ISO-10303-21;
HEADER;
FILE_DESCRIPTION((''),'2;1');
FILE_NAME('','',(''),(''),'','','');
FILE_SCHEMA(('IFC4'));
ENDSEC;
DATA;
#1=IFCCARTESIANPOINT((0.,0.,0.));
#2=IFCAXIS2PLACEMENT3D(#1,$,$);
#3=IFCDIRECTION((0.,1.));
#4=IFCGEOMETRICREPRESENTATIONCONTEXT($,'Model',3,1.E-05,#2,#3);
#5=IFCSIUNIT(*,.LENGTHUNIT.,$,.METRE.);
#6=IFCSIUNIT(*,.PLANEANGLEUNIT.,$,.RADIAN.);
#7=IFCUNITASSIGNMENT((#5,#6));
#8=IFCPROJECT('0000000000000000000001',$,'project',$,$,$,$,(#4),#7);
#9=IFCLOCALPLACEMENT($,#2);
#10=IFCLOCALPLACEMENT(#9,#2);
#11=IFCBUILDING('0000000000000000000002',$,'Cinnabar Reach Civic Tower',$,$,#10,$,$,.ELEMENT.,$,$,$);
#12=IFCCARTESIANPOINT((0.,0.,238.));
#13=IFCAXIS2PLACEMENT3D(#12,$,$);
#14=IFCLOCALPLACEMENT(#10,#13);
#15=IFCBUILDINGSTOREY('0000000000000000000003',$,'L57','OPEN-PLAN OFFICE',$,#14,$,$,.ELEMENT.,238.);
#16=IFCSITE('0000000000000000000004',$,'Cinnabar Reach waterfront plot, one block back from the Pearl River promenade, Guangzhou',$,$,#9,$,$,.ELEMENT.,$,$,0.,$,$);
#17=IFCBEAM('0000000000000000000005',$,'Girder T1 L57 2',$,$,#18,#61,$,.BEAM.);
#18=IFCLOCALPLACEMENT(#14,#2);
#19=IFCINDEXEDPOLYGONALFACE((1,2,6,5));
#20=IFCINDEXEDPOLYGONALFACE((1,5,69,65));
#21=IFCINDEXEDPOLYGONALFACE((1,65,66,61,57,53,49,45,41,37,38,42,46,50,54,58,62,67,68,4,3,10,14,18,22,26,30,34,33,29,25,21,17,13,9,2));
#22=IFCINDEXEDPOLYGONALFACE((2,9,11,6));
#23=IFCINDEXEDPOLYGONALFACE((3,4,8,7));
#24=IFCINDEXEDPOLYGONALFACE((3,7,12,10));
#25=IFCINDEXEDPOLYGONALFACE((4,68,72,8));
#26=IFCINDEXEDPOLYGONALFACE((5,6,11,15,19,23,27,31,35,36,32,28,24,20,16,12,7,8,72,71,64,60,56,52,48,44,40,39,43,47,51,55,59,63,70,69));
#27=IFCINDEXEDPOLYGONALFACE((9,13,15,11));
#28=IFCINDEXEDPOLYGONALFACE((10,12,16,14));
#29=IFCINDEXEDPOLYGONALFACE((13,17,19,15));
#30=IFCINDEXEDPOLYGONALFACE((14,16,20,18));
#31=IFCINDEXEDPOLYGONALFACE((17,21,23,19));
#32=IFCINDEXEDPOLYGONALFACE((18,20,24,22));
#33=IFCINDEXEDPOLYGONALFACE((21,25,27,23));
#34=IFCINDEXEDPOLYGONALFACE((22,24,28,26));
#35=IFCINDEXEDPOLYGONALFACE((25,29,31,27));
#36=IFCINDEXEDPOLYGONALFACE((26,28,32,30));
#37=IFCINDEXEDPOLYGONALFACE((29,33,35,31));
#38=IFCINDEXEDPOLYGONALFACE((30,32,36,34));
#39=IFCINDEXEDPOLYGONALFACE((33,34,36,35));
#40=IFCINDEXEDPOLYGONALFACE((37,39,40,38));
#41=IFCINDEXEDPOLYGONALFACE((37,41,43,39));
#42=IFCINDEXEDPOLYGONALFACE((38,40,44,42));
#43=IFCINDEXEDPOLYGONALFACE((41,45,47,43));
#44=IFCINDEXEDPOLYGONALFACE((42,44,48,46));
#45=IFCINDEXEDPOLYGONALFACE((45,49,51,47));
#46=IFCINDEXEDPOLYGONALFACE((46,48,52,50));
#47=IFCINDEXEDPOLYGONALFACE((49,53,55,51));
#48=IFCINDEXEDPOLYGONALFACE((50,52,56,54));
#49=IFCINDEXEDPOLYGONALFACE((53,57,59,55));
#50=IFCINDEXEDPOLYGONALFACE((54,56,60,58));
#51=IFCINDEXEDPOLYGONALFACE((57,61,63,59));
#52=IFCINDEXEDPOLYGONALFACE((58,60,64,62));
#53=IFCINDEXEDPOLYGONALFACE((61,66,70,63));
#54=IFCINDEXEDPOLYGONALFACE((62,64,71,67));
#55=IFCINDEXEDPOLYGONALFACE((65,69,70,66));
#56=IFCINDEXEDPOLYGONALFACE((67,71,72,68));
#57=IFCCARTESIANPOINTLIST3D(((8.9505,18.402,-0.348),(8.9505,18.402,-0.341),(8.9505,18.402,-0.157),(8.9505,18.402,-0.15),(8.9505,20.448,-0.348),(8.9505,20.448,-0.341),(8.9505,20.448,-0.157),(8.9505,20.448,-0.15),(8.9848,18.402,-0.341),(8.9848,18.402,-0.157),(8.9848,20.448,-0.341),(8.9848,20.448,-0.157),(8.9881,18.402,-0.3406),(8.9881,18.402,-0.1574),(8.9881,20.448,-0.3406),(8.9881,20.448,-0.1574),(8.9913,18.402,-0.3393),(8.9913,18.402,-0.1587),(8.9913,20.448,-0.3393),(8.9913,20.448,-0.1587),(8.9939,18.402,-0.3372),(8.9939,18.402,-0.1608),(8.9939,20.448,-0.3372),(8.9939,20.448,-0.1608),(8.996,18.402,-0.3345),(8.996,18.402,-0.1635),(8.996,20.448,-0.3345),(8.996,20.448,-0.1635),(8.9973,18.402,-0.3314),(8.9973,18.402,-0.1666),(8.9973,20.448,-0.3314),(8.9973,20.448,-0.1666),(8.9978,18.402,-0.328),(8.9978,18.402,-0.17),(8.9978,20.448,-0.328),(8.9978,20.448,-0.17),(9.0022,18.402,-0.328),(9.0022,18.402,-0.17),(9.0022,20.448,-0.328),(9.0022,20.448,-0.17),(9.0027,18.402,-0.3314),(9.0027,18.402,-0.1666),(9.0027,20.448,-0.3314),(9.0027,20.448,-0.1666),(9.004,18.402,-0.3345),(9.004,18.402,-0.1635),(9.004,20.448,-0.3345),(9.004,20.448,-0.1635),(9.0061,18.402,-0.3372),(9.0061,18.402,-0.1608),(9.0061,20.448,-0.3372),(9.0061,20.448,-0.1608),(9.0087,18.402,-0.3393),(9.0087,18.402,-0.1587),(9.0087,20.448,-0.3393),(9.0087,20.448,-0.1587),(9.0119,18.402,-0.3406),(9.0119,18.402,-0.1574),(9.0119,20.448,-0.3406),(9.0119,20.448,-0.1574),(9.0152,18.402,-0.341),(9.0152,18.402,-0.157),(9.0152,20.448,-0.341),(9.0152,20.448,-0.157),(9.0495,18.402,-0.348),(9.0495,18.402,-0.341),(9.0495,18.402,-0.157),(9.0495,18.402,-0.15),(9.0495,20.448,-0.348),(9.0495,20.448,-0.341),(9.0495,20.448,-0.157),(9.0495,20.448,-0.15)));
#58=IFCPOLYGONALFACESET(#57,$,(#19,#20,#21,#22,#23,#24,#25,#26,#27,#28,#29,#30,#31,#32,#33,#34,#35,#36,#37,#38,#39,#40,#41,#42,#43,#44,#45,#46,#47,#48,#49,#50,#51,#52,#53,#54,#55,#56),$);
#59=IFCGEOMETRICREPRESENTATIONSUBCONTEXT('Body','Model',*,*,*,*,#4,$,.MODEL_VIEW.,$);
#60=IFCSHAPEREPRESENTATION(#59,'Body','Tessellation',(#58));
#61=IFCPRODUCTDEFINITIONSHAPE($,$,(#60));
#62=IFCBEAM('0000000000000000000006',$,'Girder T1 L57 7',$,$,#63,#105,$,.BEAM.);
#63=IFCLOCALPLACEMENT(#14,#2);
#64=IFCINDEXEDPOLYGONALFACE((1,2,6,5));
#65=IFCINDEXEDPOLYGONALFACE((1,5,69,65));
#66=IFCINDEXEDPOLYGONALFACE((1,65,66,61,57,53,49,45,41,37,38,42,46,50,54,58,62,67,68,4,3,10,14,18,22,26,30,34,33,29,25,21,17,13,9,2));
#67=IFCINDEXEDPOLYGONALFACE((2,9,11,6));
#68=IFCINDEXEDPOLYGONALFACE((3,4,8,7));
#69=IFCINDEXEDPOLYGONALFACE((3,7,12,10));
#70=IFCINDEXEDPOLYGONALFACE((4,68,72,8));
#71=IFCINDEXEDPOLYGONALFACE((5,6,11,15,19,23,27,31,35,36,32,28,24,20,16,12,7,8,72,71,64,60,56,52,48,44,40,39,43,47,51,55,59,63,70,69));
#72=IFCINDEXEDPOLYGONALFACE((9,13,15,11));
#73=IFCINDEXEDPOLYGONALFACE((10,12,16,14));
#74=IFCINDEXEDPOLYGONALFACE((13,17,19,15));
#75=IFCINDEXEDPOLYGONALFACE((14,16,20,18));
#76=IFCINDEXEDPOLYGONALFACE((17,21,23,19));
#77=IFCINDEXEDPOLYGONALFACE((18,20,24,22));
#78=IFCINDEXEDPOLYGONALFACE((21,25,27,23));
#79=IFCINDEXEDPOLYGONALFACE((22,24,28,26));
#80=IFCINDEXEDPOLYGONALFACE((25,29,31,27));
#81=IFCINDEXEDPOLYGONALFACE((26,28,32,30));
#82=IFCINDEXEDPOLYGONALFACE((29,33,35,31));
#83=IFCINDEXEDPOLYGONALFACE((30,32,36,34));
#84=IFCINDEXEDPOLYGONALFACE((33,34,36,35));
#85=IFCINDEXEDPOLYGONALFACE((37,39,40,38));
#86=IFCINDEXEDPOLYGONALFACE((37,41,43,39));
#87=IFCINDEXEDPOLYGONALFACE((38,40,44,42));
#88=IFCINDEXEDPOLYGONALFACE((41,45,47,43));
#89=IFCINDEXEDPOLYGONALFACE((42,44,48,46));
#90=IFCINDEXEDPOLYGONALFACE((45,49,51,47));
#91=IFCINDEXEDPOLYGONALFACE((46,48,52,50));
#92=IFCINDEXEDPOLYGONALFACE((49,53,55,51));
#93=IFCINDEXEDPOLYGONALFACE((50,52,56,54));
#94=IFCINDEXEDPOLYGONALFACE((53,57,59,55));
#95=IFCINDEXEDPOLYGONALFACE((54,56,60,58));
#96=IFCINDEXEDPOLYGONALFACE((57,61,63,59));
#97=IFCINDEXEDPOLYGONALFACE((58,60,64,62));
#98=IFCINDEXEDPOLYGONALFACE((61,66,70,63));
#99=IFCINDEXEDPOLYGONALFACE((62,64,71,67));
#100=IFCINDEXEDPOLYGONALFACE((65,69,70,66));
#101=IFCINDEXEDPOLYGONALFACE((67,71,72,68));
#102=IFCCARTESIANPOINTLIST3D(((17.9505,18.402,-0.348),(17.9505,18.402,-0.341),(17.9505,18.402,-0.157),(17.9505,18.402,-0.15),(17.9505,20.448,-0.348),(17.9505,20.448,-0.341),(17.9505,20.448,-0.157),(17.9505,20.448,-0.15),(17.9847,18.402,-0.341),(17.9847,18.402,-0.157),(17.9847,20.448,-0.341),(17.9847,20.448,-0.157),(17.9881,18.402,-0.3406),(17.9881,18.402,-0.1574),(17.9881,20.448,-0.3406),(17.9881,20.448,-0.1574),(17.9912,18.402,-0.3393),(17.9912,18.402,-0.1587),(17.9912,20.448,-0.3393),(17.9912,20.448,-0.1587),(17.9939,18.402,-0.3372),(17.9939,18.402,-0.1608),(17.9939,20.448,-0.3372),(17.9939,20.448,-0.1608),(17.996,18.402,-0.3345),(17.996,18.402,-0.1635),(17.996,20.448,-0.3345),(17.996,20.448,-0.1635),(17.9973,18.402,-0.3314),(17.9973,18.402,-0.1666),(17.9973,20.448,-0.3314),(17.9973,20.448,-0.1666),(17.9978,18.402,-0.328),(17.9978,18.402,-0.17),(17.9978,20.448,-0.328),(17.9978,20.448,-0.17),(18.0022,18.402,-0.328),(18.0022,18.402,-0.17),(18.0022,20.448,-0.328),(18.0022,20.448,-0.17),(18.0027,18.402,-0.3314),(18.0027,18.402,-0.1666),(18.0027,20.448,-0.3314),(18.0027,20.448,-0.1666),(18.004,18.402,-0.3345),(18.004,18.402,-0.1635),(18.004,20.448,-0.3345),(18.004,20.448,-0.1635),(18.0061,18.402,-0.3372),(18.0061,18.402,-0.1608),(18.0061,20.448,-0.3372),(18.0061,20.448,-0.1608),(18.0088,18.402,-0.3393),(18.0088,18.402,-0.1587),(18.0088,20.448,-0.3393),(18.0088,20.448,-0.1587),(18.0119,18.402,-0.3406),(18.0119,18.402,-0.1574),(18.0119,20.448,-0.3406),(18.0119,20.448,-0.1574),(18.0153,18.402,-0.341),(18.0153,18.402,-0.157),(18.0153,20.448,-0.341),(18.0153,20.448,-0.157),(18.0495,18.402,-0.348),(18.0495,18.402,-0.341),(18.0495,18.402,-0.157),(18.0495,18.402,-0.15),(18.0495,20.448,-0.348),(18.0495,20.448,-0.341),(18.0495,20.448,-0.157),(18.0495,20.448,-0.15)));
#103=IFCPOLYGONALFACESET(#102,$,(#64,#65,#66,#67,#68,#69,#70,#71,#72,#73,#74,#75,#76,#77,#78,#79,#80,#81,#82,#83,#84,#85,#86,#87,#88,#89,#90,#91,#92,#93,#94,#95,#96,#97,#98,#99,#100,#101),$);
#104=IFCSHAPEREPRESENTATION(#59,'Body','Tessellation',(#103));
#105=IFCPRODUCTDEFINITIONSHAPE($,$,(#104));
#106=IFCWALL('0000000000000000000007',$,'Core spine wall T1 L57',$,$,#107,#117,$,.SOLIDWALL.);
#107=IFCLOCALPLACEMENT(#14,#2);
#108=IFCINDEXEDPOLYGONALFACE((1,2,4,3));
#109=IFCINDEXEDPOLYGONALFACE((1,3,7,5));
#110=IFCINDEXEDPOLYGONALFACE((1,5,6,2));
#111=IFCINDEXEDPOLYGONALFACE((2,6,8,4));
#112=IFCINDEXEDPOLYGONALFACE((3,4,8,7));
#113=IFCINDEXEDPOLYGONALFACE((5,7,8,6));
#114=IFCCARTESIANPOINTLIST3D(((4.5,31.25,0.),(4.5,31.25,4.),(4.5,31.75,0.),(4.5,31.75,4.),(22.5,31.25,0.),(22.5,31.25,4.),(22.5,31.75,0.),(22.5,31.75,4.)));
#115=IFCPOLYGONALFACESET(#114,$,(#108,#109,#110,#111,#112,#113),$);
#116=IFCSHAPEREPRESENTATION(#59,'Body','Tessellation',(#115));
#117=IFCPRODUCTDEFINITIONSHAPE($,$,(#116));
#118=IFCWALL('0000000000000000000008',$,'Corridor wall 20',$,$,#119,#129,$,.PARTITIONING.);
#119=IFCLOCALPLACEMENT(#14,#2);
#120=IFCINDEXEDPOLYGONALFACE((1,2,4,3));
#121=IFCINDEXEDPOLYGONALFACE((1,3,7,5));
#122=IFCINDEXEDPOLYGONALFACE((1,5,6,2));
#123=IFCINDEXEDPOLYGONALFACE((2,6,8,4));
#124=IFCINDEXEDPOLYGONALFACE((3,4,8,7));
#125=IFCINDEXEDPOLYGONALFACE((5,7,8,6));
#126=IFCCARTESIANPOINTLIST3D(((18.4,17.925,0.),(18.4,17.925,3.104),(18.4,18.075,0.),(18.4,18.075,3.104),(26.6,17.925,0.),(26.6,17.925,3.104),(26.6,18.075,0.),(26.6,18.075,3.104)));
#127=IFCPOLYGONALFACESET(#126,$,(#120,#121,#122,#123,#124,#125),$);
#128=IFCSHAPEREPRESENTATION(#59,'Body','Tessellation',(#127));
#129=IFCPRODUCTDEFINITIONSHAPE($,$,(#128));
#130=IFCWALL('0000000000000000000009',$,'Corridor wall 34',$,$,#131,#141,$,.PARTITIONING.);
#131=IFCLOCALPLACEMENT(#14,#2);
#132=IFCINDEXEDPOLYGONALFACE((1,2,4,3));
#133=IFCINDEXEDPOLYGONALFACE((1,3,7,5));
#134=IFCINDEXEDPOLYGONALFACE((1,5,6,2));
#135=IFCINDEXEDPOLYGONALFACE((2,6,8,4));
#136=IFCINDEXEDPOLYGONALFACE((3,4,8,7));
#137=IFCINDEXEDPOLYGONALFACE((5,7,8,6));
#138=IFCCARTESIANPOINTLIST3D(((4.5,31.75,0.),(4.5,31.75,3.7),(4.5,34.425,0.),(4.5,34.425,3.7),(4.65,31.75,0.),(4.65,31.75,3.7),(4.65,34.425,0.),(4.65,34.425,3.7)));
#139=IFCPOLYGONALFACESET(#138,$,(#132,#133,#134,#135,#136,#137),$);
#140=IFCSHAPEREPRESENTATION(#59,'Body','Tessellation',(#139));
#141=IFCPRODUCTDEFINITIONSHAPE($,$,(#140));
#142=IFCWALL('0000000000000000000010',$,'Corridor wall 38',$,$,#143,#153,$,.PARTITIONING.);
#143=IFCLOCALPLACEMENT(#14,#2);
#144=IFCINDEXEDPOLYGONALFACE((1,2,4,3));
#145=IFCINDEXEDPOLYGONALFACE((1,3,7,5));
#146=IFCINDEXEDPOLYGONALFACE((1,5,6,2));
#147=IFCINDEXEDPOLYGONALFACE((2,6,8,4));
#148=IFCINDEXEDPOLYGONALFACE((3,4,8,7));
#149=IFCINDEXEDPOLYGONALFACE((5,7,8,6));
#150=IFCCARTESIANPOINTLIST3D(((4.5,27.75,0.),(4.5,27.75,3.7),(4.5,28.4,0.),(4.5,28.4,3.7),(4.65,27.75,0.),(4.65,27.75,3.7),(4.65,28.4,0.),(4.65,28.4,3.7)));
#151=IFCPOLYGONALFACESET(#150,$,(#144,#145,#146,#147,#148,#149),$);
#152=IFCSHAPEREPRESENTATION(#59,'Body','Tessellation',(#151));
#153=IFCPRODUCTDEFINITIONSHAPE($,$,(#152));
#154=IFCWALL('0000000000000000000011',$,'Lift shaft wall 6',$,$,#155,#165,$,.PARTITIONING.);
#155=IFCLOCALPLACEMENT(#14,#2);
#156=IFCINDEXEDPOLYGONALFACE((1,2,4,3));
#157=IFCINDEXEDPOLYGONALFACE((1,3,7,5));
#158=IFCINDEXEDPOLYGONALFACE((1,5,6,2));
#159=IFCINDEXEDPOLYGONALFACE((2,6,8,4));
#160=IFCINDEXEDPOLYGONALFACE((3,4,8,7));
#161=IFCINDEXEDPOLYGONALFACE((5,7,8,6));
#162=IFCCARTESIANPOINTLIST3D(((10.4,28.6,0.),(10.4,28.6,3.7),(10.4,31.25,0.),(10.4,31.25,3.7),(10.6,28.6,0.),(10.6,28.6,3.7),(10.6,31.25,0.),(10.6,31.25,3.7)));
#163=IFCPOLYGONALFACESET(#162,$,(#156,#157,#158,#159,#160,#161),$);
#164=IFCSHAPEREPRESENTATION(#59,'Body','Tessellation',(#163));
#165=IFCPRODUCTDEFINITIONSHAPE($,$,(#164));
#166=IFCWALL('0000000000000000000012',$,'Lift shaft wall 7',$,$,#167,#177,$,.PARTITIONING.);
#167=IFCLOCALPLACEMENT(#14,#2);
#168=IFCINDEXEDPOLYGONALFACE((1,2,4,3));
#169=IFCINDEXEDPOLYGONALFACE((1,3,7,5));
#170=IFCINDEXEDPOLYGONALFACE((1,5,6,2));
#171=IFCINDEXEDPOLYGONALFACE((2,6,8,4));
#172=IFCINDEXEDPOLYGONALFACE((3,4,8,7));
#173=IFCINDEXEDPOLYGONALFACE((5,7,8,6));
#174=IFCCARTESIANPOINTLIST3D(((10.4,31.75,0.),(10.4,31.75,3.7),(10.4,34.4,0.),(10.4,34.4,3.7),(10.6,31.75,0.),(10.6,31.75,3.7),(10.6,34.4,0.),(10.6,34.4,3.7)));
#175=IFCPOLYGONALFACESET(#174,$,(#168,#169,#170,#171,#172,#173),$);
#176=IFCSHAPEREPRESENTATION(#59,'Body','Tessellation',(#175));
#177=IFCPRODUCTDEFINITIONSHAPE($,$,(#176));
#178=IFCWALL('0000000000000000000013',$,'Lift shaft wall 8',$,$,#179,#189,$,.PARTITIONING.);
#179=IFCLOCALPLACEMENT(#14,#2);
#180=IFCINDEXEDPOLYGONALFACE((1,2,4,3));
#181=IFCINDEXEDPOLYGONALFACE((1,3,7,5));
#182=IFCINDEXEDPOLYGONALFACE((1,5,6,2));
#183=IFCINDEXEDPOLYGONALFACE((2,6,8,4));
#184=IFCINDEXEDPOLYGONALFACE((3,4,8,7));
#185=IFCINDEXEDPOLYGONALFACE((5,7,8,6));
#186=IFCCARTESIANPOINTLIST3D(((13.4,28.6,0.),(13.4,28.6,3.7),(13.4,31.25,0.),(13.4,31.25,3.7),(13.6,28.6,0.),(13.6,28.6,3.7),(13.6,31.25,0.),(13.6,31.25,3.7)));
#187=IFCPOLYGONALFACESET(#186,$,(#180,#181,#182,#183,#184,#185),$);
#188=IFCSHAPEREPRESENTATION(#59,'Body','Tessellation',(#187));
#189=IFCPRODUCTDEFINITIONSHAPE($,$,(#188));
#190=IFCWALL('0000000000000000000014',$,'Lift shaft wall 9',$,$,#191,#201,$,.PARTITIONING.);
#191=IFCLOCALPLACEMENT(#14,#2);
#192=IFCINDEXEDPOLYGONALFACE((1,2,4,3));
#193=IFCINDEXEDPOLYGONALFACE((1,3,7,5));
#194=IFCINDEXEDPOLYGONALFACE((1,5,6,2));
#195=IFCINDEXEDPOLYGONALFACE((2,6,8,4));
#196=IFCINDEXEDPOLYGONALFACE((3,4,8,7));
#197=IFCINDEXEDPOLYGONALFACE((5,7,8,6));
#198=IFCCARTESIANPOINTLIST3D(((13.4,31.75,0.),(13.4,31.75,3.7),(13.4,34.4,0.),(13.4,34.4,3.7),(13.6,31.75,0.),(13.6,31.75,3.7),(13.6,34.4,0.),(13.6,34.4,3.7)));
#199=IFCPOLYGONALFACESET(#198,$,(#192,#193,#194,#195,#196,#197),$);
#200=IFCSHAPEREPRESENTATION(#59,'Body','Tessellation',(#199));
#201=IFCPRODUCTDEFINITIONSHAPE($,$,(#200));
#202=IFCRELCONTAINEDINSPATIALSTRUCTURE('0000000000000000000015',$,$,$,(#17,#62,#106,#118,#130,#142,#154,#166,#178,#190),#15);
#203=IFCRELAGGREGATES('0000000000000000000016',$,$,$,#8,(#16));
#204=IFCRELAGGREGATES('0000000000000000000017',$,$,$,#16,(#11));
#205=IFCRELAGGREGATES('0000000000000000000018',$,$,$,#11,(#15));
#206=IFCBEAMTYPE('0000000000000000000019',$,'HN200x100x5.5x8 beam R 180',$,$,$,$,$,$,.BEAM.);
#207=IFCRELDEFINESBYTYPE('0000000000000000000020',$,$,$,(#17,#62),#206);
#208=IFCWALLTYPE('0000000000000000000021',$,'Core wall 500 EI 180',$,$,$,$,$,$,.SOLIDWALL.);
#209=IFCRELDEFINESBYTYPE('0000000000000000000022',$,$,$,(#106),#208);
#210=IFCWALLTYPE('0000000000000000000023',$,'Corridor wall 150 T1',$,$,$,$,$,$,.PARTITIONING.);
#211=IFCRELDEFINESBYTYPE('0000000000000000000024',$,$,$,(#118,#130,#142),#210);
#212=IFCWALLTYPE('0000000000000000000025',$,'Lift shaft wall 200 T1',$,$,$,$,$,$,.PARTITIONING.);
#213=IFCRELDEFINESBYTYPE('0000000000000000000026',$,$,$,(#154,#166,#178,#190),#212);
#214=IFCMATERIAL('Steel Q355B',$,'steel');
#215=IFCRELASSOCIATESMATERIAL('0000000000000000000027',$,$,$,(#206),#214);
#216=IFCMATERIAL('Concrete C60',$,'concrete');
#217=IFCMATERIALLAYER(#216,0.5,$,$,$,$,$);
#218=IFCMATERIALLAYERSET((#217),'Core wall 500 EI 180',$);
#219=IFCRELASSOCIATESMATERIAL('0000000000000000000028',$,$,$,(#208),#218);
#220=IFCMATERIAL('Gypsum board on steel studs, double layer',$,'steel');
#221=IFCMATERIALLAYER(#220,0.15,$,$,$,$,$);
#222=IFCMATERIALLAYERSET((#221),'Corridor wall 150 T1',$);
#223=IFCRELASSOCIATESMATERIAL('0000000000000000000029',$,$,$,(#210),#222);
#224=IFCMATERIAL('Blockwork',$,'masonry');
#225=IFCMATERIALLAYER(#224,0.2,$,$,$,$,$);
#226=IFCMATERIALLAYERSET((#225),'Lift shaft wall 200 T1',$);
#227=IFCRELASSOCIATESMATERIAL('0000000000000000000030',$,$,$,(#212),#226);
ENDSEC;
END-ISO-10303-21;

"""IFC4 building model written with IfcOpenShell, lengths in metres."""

from ifc_helpers import new_model, si_unit, direction, frame, frame_2d, origin, origin_2d, place, context, subcontext, project, spatial, rectangle, i_section, extrude, material, layer, layer_set, material_profile, profile_set, type_object, element, save


model = new_model("IFC4")

# Units and contexts
model_context = context("Model", 3, precision=1e-05, world=origin(), true_north=direction((0.0, 1.0)))
body_context = subcontext(model_context, "Body", "Model", "MODEL_VIEW")
ifc_project = project(units=[si_unit("LENGTHUNIT", "METRE"), si_unit("PLANEANGLEUNIT", "RADIAN")], contexts=[model_context])

# Site, building, storey
site_placement = place(None, origin())
site = spatial("IfcSite", under=ifc_project, at=site_placement, Name="Cinnabar Reach waterfront plot, one block back from the Pearl River promenade, Guangzhou", CompositionType="ELEMENT", RefElevation=0.0)
building_placement = place(site_placement, origin())
building = spatial("IfcBuilding", under=site, at=building_placement, Name="Cinnabar Reach Civic Tower", CompositionType="ELEMENT")
storey_placement = place(building_placement, frame((0.0, 0.0, 238.0)))
storey = spatial("IfcBuildingStorey", under=building, at=storey_placement, Name="L57", Description="OPEN-PLAN OFFICE", CompositionType="ELEMENT", Elevation=238.0)

# Beams
ifc_material_1 = material(Name="Steel Q355B", Category="steel")
ifc_material_profile = material_profile(ifc_material_1, i_section(OverallWidth=0.099, OverallDepth=0.198, WebThickness=0.0045, FlangeThickness=0.007, FilletRadius=0.013, at=origin_2d()), Name="HN200x100x5.5x8")
ifc_profile_set = profile_set([ifc_material_profile], Name="Steel Q355B")
beam_type = type_object("IfcBeamType", Name="HN200x100x5.5x8 beam R 180", PredefinedType="BEAM", material=ifc_profile_set)
for number, where, z_axis, x_axis, name in (
    (1, (9.0, 18.402, -0.249), (0.0, 1.0, 0.0), (-1.0, 0.0, 0.0), "Girder T1 L57 2"),
    (2, (18.0, 18.402, -0.249), (0.0, 1.0, 0.0), (-1.0, 0.0, 0.0), "Girder T1 L57 7"),
):
    element("IfcBeam", number, at=place(storey_placement, frame(where, z_axis=z_axis, x_axis=x_axis)), inside=storey, type_object=beam_type, Name=name, PredefinedType="BEAM", context=body_context, shape_type="SweptSolid", body=[
        extrude(i_section(OverallWidth=0.099, OverallDepth=0.198, WebThickness=0.0045, FlangeThickness=0.007, FilletRadius=0.013, at=origin_2d()), origin(), (0.0, 0.0, 1.0), 2.046),
    ])

# Walls
ifc_material_2 = material(Name="Concrete C60", Category="concrete")
ifc_layer_1 = layer(ifc_material_2, 0.5)
ifc_layer_set_1 = layer_set([ifc_layer_1], Name="Core wall 500 EI 180")
wall_type_1 = type_object("IfcWallType", Name="Core wall 500 EI 180", PredefinedType="SOLIDWALL", material=ifc_layer_set_1)
wall_1_placement = place(storey_placement, frame((4.5, 31.5, 0.0), z_axis=(0.0, 0.0, 1.0), x_axis=(1.0, 0.0, 0.0)))
element("IfcWall", 3, at=wall_1_placement, inside=storey, type_object=wall_type_1, Name="Core spine wall T1 L57", PredefinedType="SOLIDWALL", context=body_context, shape_type="SweptSolid", body=[
    extrude(rectangle(XDim=18.0, YDim=0.5, at=frame_2d((9.0, 0.0))), origin(), (0.0, 0.0, 1.0), 4.0),
])
ifc_material_3 = material(Name="Gypsum board on steel studs, double layer", Category="steel")
ifc_layer_2 = layer(ifc_material_3, 0.15)
ifc_layer_set_2 = layer_set([ifc_layer_2], Name="Corridor wall 150 T1")
wall_type_2 = type_object("IfcWallType", Name="Corridor wall 150 T1", PredefinedType="PARTITIONING", material=ifc_layer_set_2)
wall_2_placement = place(storey_placement, frame((18.4, 18.0, 0.0), z_axis=(0.0, 0.0, 1.0), x_axis=(1.0, 0.0, 0.0)))
element("IfcWall", 4, at=wall_2_placement, inside=storey, type_object=wall_type_2, Name="Corridor wall 20", PredefinedType="PARTITIONING", context=body_context, shape_type="SweptSolid", body=[
    extrude(rectangle(XDim=8.2, YDim=0.15, at=frame_2d((4.1, 0.0))), origin(), (0.0, 0.0, 1.0), 3.104),
])
wall_3_placement = place(storey_placement, frame((4.575, 31.75, 0.0), z_axis=(0.0, 0.0, 1.0), x_axis=(0.0, 1.0, 0.0)))
element("IfcWall", 5, at=wall_3_placement, inside=storey, type_object=wall_type_2, Name="Corridor wall 34", PredefinedType="PARTITIONING", context=body_context, shape_type="SweptSolid", body=[
    extrude(rectangle(XDim=2.675, YDim=0.15, at=frame_2d((1.3375, 0.0))), origin(), (0.0, 0.0, 1.0), 3.7),
])
wall_4_placement = place(storey_placement, frame((4.575, 27.75, 0.0), z_axis=(0.0, 0.0, 1.0), x_axis=(0.0, 1.0, 0.0)))
element("IfcWall", 6, at=wall_4_placement, inside=storey, type_object=wall_type_2, Name="Corridor wall 38", PredefinedType="PARTITIONING", context=body_context, shape_type="SweptSolid", body=[
    extrude(rectangle(XDim=0.65, YDim=0.15, at=frame_2d((0.325, 0.0))), origin(), (0.0, 0.0, 1.0), 3.7),
])
ifc_material_4 = material(Name="Blockwork", Category="masonry")
ifc_layer_3 = layer(ifc_material_4, 0.2)
ifc_layer_set_3 = layer_set([ifc_layer_3], Name="Lift shaft wall 200 T1")
wall_type_3 = type_object("IfcWallType", Name="Lift shaft wall 200 T1", PredefinedType="PARTITIONING", material=ifc_layer_set_3)
for number, where, z_axis, x_axis, name in (
    (7, (10.5, 28.6, 0.0), (0.0, 0.0, 1.0), (0.0, 1.0, 0.0), "Lift shaft wall 6"),
    (8, (10.5, 31.75, 0.0), (0.0, 0.0, 1.0), (0.0, 1.0, 0.0), "Lift shaft wall 7"),
    (9, (13.5, 28.6, 0.0), (0.0, 0.0, 1.0), (0.0, 1.0, 0.0), "Lift shaft wall 8"),
    (10, (13.5, 31.75, 0.0), (0.0, 0.0, 1.0), (0.0, 1.0, 0.0), "Lift shaft wall 9"),
):
    element("IfcWall", number, at=place(storey_placement, frame(where, z_axis=z_axis, x_axis=x_axis)), inside=storey, type_object=wall_type_3, Name=name, PredefinedType="PARTITIONING", context=body_context, shape_type="SweptSolid", body=[
        extrude(rectangle(XDim=2.65, YDim=0.2, at=frame_2d((1.325, 0.0))), origin(), (0.0, 0.0, 1.0), 3.7),
    ])

save(model, "model.ifc")
